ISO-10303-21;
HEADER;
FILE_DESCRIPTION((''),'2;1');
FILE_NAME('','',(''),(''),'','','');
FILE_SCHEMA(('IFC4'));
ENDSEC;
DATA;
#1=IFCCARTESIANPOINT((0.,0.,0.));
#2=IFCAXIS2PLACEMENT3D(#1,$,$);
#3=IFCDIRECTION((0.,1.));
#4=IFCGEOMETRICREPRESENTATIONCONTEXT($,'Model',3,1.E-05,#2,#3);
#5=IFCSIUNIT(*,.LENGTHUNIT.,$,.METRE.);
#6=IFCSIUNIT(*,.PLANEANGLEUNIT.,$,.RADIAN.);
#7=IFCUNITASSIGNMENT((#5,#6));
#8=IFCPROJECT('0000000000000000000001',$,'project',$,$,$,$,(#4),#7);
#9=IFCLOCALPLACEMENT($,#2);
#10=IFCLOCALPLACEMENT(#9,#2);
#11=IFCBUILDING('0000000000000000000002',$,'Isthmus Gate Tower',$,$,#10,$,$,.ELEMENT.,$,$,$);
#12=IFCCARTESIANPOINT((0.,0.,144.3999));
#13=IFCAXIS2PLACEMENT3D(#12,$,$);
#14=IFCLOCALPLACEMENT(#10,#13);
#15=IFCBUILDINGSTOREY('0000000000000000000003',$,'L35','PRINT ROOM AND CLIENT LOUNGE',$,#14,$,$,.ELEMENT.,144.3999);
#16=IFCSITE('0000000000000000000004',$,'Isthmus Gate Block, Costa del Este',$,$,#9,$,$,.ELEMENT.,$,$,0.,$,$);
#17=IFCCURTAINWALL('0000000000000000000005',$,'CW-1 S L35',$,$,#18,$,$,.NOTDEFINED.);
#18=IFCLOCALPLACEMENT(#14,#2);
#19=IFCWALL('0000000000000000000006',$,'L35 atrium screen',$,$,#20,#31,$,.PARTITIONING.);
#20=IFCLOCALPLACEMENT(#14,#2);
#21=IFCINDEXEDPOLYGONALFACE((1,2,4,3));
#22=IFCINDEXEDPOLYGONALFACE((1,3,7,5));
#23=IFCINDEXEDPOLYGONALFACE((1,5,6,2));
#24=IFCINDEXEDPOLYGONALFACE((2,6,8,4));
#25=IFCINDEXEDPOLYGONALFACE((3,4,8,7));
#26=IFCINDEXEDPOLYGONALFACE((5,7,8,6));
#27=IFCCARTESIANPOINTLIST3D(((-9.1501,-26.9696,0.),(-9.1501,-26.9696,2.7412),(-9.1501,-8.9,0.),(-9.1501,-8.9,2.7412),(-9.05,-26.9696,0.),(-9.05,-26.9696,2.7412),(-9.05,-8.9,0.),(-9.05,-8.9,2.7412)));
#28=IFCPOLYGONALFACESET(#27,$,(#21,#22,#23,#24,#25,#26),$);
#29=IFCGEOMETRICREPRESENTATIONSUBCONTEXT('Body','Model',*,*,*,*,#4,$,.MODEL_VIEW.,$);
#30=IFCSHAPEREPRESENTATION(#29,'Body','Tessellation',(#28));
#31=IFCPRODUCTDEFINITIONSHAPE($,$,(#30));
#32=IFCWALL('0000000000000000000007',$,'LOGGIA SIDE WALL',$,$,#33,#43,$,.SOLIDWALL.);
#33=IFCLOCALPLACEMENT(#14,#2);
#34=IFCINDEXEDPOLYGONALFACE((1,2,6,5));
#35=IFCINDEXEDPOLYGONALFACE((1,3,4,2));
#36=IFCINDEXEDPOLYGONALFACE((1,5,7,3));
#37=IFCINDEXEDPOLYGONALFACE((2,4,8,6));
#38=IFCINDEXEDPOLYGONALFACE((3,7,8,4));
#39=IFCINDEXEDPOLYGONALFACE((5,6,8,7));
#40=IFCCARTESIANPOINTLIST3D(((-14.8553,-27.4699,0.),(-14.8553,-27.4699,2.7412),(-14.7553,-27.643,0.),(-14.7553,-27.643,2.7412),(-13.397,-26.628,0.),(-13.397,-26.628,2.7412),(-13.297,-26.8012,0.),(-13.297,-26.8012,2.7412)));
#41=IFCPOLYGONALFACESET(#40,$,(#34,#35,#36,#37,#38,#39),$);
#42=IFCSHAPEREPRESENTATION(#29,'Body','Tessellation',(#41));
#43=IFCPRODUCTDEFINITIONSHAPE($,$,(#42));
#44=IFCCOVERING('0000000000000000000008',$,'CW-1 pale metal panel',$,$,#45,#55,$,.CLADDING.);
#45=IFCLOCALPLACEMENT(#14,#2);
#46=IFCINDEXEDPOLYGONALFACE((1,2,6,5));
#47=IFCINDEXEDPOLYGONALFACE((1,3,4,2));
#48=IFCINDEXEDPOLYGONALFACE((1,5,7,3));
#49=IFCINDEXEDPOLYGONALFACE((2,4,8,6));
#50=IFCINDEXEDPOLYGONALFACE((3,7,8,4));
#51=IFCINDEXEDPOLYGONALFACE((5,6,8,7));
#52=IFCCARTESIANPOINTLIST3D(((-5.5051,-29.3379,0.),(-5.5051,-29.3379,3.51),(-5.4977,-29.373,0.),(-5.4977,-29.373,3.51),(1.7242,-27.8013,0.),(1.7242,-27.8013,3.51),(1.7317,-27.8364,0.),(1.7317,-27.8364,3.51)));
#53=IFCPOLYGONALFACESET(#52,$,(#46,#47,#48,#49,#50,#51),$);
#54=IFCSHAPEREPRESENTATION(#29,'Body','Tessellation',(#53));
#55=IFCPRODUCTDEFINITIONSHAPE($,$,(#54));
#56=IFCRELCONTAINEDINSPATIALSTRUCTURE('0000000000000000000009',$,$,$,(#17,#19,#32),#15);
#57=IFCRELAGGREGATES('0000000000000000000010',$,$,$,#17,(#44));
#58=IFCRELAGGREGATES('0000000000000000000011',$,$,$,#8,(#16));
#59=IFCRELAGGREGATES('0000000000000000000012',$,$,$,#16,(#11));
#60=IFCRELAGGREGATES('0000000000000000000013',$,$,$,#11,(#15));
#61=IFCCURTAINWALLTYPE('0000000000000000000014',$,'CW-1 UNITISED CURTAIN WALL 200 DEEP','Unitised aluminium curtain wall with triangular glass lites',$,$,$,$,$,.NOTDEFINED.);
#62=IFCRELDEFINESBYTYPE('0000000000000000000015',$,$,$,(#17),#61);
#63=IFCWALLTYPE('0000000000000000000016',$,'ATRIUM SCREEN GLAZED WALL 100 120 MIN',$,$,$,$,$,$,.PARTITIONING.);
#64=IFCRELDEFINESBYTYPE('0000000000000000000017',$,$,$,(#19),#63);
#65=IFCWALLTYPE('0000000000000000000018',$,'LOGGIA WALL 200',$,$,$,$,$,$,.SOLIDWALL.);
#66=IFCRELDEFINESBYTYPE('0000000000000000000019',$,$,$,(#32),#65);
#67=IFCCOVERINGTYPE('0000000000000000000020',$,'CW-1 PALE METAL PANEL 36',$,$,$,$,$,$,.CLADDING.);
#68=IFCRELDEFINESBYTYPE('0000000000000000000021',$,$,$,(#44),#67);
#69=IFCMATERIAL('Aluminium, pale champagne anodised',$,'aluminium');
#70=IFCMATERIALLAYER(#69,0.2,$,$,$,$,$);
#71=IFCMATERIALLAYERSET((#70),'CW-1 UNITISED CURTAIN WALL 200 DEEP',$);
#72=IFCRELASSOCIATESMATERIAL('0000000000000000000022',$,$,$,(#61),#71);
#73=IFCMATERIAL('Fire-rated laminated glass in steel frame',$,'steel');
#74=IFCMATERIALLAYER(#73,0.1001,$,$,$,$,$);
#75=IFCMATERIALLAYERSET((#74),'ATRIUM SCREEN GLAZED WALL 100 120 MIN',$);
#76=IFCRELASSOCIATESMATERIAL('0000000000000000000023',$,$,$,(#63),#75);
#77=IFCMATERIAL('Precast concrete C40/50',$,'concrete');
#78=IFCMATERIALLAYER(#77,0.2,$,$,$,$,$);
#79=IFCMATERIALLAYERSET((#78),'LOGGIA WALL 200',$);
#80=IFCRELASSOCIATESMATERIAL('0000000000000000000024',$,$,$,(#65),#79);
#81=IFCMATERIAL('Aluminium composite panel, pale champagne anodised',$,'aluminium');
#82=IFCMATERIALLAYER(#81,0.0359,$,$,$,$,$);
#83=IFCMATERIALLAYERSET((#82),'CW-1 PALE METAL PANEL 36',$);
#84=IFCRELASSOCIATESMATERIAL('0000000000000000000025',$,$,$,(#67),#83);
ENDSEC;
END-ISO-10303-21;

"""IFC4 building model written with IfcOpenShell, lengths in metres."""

from ifc_helpers import new_model, si_unit, direction, frame, frame_2d, origin, origin_2d, place, context, subcontext, project, spatial, rectangle, extrude, material, layer, layer_set, type_object, element, aggregate, save


model = new_model("IFC4")

# Units and contexts
model_context = context("Model", 3, precision=1e-05, world=origin(), true_north=direction((0.0, 1.0)))
body_context = subcontext(model_context, "Body", "Model", "MODEL_VIEW")
ifc_project = project(units=[si_unit("LENGTHUNIT", "METRE"), si_unit("PLANEANGLEUNIT", "RADIAN")], contexts=[model_context])

# Site, building, storey
site_placement = place(None, origin())
site = spatial("IfcSite", under=ifc_project, at=site_placement, Name="Isthmus Gate Block, Costa del Este", CompositionType="ELEMENT", RefElevation=0.0)
building_placement = place(site_placement, origin())
building = spatial("IfcBuilding", under=site, at=building_placement, Name="Isthmus Gate Tower", CompositionType="ELEMENT")
storey_placement = place(building_placement, frame((0.0, 0.0, 144.3999)))
storey = spatial("IfcBuildingStorey", under=building, at=storey_placement, Name="L35", Description="PRINT ROOM AND CLIENT LOUNGE", CompositionType="ELEMENT", Elevation=144.3999)

# Curtain wall
ifc_material_1 = material(Name="Aluminium, pale champagne anodised", Category="aluminium")
ifc_layer_1 = layer(ifc_material_1, 0.2)
ifc_layer_set_1 = layer_set([ifc_layer_1], Name="CW-1 UNITISED CURTAIN WALL 200 DEEP")
curtain_wall_type_1 = type_object("IfcCurtainWallType", Name="CW-1 UNITISED CURTAIN WALL 200 DEEP", Description="Unitised aluminium curtain wall with triangular glass lites", PredefinedType="NOTDEFINED", material=ifc_layer_set_1)
curtain_wall_1_placement = place(storey_placement, origin())
curtain_wall_1 = element("IfcCurtainWall", 1, at=curtain_wall_1_placement, inside=storey, type_object=curtain_wall_type_1, Name="CW-1 S L35", PredefinedType="NOTDEFINED")

# Walls
ifc_material_2 = material(Name="Fire-rated laminated glass in steel frame", Category="steel")
ifc_layer_2 = layer(ifc_material_2, 0.1001)
ifc_layer_set_2 = layer_set([ifc_layer_2], Name="ATRIUM SCREEN GLAZED WALL 100 120 MIN")
wall_type_1 = type_object("IfcWallType", Name="ATRIUM SCREEN GLAZED WALL 100 120 MIN", PredefinedType="PARTITIONING", material=ifc_layer_set_2)
wall_1_placement = place(storey_placement, frame((-9.1001, -26.9695, 0.0), z_axis=(0.0, 0.0, 1.0), x_axis=(0.0, 1.0, 0.0)))
element("IfcWall", 2, at=wall_1_placement, inside=storey, type_object=wall_type_1, Name="L35 atrium screen", PredefinedType="PARTITIONING", context=body_context, shape_type="SweptSolid", body=[
    extrude(rectangle(XDim=18.0696, YDim=0.1001, at=frame_2d((9.0347, 0.0))), origin(), (0.0, 0.0, 1.0), 2.7412),
])
ifc_material_3 = material(Name="Precast concrete C40/50", Category="concrete")
ifc_layer_3 = layer(ifc_material_3, 0.2)
ifc_layer_set_3 = layer_set([ifc_layer_3], Name="LOGGIA WALL 200")
wall_type_2 = type_object("IfcWallType", Name="LOGGIA WALL 200", PredefinedType="SOLIDWALL", material=ifc_layer_set_3)
wall_2_placement = place(storey_placement, frame((-14.8052, -27.5564, 0.0), z_axis=(0.0, 0.0, 1.0), x_axis=(0.866058, 0.499944, 0.0)))
element("IfcWall", 3, at=wall_2_placement, inside=storey, type_object=wall_type_2, Name="LOGGIA SIDE WALL", PredefinedType="SOLIDWALL", context=body_context, shape_type="SweptSolid", body=[
    extrude(rectangle(XDim=1.6838, YDim=0.2, at=frame_2d((0.8418, 0.0))), origin(), (0.0, 0.0, 1.0), 2.7412),
])

# Covering
ifc_material_4 = material(Name="Aluminium composite panel, pale champagne anodised", Category="aluminium")
ifc_layer_4 = layer(ifc_material_4, 0.0359)
ifc_layer_set_4 = layer_set([ifc_layer_4], Name="CW-1 PALE METAL PANEL 36")
covering_type = type_object("IfcCoveringType", Name="CW-1 PALE METAL PANEL 36", PredefinedType="CLADDING", material=ifc_layer_set_4)
covering_placement = place(storey_placement, frame((-1.8867, -28.5872, 0.0), z_axis=(0.0, 0.0, 1.0), x_axis=(0.978148, 0.207912, 0.0)))
covering = element("IfcCovering", 4, at=covering_placement, type_object=covering_type, Name="CW-1 pale metal panel", PredefinedType="CLADDING", context=body_context, shape_type="SweptSolid", body=[
    extrude(rectangle(XDim=7.3909, YDim=0.0359, at=origin_2d()), origin(), (0.0, 0.0, 1.0), 3.51),
])
aggregate(curtain_wall_1, [covering])

save(model, "model.ifc")
